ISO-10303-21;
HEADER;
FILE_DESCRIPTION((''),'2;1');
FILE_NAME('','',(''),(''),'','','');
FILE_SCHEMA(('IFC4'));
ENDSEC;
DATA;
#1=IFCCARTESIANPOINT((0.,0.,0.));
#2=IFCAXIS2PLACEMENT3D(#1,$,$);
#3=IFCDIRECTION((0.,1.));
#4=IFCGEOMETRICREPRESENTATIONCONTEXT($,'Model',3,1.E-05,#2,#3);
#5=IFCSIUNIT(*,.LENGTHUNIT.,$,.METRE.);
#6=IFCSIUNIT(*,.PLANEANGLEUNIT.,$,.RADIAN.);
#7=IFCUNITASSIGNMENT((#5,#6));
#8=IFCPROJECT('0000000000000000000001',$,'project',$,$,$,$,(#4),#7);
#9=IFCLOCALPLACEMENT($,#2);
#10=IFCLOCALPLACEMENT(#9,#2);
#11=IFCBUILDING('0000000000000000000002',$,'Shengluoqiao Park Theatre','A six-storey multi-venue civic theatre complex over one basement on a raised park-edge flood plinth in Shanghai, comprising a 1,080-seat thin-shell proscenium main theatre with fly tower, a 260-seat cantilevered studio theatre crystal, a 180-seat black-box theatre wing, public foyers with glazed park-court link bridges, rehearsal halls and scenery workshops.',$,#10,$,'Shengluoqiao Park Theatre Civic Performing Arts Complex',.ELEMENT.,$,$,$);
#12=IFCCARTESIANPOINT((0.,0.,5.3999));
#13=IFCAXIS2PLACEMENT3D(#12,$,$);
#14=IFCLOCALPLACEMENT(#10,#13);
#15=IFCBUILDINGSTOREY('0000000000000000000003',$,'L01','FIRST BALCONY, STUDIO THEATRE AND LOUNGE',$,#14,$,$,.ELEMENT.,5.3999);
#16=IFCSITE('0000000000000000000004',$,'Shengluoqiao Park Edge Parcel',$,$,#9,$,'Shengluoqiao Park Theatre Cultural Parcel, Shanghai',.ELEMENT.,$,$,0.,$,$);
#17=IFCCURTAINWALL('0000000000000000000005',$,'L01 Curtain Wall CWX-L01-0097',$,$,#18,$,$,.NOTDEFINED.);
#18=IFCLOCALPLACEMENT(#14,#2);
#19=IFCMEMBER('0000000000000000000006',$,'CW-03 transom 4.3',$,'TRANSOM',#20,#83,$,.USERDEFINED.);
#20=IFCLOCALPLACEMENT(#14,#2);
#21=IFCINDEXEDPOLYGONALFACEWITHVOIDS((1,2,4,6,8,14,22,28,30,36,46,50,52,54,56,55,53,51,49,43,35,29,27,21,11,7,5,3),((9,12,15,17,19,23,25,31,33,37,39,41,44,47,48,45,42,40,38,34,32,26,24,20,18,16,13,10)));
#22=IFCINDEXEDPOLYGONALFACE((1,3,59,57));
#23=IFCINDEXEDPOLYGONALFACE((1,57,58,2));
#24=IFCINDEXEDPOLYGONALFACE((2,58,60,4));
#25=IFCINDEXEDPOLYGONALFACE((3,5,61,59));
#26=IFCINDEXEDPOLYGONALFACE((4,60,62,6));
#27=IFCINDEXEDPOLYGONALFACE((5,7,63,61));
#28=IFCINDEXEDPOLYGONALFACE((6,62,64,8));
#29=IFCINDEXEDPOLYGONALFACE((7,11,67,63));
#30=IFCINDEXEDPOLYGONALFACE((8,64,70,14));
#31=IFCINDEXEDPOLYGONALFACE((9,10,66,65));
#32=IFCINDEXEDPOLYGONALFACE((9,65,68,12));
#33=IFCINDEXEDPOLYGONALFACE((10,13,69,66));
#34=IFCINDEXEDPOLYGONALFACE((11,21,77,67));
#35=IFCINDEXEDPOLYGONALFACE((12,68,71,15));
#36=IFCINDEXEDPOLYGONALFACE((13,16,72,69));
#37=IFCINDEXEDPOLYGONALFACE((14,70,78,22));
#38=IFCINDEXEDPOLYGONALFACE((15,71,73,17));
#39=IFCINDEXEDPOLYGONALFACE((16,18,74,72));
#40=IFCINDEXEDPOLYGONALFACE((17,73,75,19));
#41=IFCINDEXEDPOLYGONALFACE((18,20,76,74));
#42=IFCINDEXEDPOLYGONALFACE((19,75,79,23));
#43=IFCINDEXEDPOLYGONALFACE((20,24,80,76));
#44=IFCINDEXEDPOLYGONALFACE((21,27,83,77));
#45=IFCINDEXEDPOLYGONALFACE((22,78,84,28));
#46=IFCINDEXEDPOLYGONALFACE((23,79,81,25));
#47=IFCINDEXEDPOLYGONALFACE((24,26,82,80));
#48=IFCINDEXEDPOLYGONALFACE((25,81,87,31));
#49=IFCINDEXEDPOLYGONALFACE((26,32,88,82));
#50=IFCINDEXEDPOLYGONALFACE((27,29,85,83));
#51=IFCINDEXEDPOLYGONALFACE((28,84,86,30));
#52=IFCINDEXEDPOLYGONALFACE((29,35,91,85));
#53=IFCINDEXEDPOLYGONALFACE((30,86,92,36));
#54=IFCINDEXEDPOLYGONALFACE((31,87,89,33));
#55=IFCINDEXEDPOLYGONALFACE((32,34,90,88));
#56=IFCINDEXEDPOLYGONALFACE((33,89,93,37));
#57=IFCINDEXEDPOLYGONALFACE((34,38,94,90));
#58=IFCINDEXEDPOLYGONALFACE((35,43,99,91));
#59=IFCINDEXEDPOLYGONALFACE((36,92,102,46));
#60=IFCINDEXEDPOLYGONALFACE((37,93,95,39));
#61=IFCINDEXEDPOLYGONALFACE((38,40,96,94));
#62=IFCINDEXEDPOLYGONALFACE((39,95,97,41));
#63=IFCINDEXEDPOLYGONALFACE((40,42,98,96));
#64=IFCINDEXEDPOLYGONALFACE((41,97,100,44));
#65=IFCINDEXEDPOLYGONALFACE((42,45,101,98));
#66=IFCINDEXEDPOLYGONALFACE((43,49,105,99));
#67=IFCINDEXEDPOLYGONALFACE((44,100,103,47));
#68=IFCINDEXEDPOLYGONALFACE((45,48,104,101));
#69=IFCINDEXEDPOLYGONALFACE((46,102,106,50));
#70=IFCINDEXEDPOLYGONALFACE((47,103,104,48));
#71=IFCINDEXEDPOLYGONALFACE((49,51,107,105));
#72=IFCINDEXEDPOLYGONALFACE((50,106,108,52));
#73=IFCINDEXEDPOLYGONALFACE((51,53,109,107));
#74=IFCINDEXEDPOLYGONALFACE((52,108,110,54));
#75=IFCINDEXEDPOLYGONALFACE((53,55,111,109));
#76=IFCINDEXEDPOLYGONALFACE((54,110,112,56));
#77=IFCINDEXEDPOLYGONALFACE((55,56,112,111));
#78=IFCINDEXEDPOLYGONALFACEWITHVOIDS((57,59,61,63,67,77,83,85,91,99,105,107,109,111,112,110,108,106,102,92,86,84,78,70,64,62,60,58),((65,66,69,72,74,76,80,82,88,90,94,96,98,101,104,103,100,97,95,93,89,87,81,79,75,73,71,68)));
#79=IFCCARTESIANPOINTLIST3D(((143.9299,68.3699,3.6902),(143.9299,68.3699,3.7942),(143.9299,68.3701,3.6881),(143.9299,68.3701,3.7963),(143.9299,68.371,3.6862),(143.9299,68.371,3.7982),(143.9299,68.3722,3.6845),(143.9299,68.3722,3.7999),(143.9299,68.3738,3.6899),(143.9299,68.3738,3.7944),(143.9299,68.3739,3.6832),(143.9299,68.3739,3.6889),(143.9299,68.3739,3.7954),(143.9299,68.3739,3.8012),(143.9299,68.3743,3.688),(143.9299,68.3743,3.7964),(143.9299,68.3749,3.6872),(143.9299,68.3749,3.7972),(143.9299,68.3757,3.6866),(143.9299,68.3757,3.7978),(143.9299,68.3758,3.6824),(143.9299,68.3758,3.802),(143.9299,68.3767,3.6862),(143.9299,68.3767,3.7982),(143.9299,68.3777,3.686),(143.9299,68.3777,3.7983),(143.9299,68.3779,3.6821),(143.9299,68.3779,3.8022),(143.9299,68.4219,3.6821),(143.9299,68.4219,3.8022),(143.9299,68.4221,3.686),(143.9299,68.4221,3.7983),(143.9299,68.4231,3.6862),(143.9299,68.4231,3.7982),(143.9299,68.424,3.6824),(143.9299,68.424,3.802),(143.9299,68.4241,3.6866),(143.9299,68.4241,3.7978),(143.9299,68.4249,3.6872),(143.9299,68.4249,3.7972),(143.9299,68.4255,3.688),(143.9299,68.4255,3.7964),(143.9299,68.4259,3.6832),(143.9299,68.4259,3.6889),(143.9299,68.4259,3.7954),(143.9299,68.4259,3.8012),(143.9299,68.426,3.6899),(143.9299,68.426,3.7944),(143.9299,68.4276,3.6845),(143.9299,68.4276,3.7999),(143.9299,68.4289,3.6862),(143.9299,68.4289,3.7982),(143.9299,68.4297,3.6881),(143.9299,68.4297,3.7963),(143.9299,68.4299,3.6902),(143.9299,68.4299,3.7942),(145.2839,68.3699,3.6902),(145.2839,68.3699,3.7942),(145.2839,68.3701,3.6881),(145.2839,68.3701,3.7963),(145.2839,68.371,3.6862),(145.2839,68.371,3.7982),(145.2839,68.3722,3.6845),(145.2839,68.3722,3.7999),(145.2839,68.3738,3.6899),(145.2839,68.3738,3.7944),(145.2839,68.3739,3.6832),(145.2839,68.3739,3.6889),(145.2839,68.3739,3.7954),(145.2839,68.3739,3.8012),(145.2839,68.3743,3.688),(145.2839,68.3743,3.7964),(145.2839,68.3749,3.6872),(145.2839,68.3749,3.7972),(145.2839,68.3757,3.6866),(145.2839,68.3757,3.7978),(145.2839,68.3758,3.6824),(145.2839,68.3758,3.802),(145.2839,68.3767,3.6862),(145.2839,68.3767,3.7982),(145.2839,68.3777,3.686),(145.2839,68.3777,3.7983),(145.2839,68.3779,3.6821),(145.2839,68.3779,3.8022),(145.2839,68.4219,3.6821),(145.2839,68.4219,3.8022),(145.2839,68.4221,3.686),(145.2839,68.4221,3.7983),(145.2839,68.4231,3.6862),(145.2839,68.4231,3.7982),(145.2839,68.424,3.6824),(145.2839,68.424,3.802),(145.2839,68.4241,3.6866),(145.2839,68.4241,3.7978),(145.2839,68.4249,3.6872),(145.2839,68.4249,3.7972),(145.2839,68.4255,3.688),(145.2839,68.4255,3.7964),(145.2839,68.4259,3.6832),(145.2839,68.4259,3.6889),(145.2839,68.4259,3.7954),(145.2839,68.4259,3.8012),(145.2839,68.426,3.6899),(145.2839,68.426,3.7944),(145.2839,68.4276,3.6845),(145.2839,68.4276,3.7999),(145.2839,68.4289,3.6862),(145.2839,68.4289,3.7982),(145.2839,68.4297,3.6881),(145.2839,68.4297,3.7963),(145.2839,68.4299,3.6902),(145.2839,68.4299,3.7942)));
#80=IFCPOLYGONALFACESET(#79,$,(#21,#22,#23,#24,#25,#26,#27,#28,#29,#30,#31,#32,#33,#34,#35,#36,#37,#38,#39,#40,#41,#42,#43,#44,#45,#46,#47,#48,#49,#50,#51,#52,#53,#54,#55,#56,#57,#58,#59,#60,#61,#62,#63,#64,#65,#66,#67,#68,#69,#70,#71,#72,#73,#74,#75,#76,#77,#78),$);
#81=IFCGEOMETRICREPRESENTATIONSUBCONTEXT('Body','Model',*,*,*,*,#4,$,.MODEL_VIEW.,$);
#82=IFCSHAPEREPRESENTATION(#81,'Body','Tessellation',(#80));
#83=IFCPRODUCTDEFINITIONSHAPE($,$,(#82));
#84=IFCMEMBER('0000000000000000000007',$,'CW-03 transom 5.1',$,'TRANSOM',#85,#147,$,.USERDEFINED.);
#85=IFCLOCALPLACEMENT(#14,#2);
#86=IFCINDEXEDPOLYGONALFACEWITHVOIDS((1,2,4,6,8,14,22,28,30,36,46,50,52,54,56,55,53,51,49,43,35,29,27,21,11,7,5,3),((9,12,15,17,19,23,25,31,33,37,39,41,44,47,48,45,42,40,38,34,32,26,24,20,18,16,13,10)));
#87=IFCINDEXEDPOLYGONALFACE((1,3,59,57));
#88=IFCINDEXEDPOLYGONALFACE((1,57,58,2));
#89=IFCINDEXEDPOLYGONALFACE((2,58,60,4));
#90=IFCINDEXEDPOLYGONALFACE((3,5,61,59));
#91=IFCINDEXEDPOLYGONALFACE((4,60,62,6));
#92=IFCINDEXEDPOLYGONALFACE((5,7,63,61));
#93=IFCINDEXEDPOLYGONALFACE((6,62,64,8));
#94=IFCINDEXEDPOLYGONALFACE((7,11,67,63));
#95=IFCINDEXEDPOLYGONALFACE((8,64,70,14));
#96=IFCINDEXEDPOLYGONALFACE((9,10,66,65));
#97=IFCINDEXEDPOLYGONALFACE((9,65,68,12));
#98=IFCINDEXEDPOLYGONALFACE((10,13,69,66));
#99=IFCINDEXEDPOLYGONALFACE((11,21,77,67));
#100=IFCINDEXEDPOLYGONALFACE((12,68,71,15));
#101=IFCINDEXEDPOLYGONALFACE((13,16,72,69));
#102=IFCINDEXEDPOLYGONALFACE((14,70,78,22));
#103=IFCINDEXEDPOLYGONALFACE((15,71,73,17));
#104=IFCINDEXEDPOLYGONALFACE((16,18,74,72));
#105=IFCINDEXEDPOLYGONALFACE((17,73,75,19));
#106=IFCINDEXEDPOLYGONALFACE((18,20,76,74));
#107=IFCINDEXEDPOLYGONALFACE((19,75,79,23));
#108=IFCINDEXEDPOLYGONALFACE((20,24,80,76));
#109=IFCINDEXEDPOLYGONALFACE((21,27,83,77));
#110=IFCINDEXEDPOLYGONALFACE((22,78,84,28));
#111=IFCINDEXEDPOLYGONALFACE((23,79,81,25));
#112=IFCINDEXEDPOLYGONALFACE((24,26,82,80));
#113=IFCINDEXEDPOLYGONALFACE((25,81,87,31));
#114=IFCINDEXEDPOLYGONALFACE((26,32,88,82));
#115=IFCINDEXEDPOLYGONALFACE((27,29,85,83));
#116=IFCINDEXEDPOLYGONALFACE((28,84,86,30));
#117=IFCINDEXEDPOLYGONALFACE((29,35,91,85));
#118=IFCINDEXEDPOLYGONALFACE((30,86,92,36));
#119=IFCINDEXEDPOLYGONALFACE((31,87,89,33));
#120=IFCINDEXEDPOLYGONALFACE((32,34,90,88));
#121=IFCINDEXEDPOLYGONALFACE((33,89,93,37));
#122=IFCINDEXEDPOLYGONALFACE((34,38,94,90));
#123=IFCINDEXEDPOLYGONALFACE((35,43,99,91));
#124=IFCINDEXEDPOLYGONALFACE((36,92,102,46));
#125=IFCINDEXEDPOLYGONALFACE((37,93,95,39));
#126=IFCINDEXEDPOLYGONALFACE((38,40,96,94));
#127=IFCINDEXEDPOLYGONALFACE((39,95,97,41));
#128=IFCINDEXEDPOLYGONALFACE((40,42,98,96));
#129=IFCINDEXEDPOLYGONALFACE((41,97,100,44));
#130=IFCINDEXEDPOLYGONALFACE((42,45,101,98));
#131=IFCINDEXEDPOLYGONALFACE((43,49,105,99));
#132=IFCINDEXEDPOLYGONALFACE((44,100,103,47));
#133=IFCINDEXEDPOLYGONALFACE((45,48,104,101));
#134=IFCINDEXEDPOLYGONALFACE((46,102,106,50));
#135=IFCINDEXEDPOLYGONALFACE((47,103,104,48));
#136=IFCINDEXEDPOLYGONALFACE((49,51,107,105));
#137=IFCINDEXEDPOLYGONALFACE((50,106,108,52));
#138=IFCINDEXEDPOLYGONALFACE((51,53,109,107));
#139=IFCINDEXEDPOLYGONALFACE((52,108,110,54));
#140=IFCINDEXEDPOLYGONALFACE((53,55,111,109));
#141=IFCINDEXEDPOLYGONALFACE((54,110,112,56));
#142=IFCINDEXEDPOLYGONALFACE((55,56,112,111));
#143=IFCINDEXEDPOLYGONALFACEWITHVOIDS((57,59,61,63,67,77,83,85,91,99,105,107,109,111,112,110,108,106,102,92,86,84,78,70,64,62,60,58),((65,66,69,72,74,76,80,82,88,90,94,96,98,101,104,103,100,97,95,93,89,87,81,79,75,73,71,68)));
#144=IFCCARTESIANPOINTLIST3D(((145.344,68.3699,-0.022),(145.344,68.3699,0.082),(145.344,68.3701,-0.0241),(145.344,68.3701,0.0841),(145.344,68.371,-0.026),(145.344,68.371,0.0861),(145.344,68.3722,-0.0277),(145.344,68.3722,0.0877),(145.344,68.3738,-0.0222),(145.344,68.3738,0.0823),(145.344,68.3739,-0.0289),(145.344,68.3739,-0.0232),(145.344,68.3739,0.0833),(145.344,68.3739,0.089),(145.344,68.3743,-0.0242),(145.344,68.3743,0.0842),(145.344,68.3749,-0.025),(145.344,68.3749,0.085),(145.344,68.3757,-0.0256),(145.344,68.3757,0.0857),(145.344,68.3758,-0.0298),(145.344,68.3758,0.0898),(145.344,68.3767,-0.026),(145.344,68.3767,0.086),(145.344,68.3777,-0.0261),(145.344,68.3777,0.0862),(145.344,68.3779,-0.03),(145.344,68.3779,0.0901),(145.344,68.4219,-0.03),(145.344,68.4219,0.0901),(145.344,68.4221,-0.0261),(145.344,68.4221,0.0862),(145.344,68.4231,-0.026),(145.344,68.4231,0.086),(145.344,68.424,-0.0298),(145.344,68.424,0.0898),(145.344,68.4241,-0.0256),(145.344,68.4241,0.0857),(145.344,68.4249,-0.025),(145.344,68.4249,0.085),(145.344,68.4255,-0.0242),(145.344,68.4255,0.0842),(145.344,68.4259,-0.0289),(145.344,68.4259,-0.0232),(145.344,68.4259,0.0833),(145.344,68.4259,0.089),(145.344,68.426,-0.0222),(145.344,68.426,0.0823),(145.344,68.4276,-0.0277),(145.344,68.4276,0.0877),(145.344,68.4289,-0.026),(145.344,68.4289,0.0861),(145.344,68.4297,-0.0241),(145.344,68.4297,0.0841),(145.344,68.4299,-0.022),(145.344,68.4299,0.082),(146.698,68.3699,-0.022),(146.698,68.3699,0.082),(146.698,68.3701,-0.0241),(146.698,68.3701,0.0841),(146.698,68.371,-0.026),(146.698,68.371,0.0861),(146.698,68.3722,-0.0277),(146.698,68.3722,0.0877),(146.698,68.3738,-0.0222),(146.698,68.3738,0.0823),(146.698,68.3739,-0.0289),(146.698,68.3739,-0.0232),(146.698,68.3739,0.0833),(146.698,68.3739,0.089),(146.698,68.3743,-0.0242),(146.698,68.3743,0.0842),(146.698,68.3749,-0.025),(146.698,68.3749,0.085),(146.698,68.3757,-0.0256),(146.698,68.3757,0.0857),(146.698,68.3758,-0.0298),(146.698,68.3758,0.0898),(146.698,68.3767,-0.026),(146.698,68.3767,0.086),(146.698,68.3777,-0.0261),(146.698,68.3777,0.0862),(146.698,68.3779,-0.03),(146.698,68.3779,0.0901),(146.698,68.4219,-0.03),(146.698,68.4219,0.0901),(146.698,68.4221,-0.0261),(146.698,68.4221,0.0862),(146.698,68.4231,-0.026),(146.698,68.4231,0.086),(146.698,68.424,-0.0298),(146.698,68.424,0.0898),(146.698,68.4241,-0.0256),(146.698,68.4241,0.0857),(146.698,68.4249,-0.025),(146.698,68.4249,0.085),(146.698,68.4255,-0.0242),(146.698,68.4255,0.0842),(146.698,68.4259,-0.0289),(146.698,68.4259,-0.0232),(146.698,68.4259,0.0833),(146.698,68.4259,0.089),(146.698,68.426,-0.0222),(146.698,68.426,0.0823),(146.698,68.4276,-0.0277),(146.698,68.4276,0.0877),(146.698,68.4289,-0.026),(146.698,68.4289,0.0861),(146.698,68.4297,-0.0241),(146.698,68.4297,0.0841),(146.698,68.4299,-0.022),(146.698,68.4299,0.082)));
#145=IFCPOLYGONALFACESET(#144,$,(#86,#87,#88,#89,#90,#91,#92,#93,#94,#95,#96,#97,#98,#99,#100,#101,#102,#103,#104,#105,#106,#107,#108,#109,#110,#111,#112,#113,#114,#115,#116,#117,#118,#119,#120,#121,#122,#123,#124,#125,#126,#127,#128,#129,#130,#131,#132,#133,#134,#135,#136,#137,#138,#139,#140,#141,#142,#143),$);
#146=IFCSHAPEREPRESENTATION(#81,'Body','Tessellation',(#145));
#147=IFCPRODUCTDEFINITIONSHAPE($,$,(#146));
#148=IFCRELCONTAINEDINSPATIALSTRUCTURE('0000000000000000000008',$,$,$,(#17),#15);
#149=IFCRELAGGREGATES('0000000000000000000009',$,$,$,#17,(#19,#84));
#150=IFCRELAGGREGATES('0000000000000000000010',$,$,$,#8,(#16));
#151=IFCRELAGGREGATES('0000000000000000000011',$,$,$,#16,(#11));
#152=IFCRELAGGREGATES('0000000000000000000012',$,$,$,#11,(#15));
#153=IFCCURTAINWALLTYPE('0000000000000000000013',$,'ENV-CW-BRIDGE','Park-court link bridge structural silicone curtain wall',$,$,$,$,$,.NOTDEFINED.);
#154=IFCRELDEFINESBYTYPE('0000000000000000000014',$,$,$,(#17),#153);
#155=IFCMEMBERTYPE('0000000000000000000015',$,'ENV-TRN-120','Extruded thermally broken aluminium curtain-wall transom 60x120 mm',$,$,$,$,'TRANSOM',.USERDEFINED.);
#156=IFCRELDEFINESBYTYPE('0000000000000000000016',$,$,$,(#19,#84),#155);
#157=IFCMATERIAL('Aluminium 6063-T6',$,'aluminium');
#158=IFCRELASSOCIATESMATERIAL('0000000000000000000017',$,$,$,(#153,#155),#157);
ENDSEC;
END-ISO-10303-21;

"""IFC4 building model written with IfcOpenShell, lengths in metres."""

from ifc_helpers import new_model, si_unit, direction, frame, origin, origin_2d, place, context, subcontext, project, spatial, hollow_rectangle, extrude, material, material_profile, profile_set, type_object, element, aggregate, save


model = new_model("IFC4")

# Units and contexts
model_context = context("Model", 3, precision=1e-05, world=origin(), true_north=direction((0.0, 1.0)))
body_context = subcontext(model_context, "Body", "Model", "MODEL_VIEW")
ifc_project = project(units=[si_unit("LENGTHUNIT", "METRE"), si_unit("PLANEANGLEUNIT", "RADIAN")], contexts=[model_context])

# Site, building, storey
site_placement = place(None, origin())
site = spatial("IfcSite", under=ifc_project, at=site_placement, Name="Shengluoqiao Park Edge Parcel", LongName="Shengluoqiao Park Theatre Cultural Parcel, Shanghai", CompositionType="ELEMENT", RefElevation=0.0)
building_placement = place(site_placement, origin())
building = spatial("IfcBuilding", under=site, at=building_placement, Name="Shengluoqiao Park Theatre", Description="A six-storey multi-venue civic theatre complex over one basement on a raised park-edge flood plinth in Shanghai, comprising a 1,080-seat thin-shell proscenium main theatre with fly tower, a 260-seat cantilevered studio theatre crystal, a 180-seat black-box theatre wing, public foyers with glazed park-court link bridges, rehearsal halls and scenery workshops.", LongName="Shengluoqiao Park Theatre Civic Performing Arts Complex", CompositionType="ELEMENT")
storey_placement = place(building_placement, frame((0.0, 0.0, 5.3999)))
storey = spatial("IfcBuildingStorey", under=building, at=storey_placement, Name="L01", Description="FIRST BALCONY, STUDIO THEATRE AND LOUNGE", CompositionType="ELEMENT", Elevation=5.3999)

# Curtain wall, members
ifc_material_1 = material(Name="Aluminium 6063-T6", Category="aluminium")
curtain_wall_type = type_object("IfcCurtainWallType", Name="ENV-CW-BRIDGE", Description="Park-court link bridge structural silicone curtain wall", PredefinedType="NOTDEFINED", material=ifc_material_1)
curtain_wall_placement = place(storey_placement, origin())
curtain_wall = element("IfcCurtainWall", 1, at=curtain_wall_placement, inside=storey, type_object=curtain_wall_type, Name="L01 Curtain Wall CWX-L01-0097", PredefinedType="NOTDEFINED")
ifc_material_profile_1 = material_profile(ifc_material_1, hollow_rectangle(XDim=0.0601, YDim=0.1201, WallThickness=0.0039, InnerFilletRadius=0.0039, OuterFilletRadius=0.0081, at=origin_2d()), Name="ALU TRANSOM 120x60x4")
ifc_profile_set_1 = profile_set([ifc_material_profile_1], Name="Aluminium 6063-T6")
member_type_1 = type_object("IfcMemberType", Name="ENV-TRN-120", Description="Extruded thermally broken aluminium curtain-wall transom 60x120 mm", ElementType="TRANSOM", PredefinedType="USERDEFINED", material=ifc_profile_set_1)
member_1_placement = place(storey_placement, frame((143.9299, 68.3999, 3.7422), z_axis=(1.0, 0.0, 0.0), x_axis=(0.0, 1.0, 0.0)))
member_1 = element("IfcMember", 2, at=member_1_placement, type_object=member_type_1, Name="CW-03 transom 4.3", ObjectType="TRANSOM", PredefinedType="USERDEFINED", context=body_context, shape_type="SweptSolid", body=[
    extrude(hollow_rectangle(XDim=0.0601, YDim=0.1201, WallThickness=0.0039, InnerFilletRadius=0.0039, OuterFilletRadius=0.0081, at=origin_2d()), origin(), (0.0, 0.0, 1.0), 1.354),
])
member_2_placement = place(storey_placement, frame((145.344, 68.3999, 0.03), z_axis=(1.0, 0.0, 0.0), x_axis=(0.0, 1.0, 0.0)))
member_2 = element("IfcMember", 3, at=member_2_placement, type_object=member_type_1, Name="CW-03 transom 5.1", ObjectType="TRANSOM", PredefinedType="USERDEFINED", context=body_context, shape_type="SweptSolid", body=[
    extrude(hollow_rectangle(XDim=0.0601, YDim=0.1201, WallThickness=0.0039, InnerFilletRadius=0.0039, OuterFilletRadius=0.0081, at=origin_2d()), origin(), (0.0, 0.0, 1.0), 1.354),
])
aggregate(curtain_wall, [member_1, member_2])

save(model, "model.ifc")
